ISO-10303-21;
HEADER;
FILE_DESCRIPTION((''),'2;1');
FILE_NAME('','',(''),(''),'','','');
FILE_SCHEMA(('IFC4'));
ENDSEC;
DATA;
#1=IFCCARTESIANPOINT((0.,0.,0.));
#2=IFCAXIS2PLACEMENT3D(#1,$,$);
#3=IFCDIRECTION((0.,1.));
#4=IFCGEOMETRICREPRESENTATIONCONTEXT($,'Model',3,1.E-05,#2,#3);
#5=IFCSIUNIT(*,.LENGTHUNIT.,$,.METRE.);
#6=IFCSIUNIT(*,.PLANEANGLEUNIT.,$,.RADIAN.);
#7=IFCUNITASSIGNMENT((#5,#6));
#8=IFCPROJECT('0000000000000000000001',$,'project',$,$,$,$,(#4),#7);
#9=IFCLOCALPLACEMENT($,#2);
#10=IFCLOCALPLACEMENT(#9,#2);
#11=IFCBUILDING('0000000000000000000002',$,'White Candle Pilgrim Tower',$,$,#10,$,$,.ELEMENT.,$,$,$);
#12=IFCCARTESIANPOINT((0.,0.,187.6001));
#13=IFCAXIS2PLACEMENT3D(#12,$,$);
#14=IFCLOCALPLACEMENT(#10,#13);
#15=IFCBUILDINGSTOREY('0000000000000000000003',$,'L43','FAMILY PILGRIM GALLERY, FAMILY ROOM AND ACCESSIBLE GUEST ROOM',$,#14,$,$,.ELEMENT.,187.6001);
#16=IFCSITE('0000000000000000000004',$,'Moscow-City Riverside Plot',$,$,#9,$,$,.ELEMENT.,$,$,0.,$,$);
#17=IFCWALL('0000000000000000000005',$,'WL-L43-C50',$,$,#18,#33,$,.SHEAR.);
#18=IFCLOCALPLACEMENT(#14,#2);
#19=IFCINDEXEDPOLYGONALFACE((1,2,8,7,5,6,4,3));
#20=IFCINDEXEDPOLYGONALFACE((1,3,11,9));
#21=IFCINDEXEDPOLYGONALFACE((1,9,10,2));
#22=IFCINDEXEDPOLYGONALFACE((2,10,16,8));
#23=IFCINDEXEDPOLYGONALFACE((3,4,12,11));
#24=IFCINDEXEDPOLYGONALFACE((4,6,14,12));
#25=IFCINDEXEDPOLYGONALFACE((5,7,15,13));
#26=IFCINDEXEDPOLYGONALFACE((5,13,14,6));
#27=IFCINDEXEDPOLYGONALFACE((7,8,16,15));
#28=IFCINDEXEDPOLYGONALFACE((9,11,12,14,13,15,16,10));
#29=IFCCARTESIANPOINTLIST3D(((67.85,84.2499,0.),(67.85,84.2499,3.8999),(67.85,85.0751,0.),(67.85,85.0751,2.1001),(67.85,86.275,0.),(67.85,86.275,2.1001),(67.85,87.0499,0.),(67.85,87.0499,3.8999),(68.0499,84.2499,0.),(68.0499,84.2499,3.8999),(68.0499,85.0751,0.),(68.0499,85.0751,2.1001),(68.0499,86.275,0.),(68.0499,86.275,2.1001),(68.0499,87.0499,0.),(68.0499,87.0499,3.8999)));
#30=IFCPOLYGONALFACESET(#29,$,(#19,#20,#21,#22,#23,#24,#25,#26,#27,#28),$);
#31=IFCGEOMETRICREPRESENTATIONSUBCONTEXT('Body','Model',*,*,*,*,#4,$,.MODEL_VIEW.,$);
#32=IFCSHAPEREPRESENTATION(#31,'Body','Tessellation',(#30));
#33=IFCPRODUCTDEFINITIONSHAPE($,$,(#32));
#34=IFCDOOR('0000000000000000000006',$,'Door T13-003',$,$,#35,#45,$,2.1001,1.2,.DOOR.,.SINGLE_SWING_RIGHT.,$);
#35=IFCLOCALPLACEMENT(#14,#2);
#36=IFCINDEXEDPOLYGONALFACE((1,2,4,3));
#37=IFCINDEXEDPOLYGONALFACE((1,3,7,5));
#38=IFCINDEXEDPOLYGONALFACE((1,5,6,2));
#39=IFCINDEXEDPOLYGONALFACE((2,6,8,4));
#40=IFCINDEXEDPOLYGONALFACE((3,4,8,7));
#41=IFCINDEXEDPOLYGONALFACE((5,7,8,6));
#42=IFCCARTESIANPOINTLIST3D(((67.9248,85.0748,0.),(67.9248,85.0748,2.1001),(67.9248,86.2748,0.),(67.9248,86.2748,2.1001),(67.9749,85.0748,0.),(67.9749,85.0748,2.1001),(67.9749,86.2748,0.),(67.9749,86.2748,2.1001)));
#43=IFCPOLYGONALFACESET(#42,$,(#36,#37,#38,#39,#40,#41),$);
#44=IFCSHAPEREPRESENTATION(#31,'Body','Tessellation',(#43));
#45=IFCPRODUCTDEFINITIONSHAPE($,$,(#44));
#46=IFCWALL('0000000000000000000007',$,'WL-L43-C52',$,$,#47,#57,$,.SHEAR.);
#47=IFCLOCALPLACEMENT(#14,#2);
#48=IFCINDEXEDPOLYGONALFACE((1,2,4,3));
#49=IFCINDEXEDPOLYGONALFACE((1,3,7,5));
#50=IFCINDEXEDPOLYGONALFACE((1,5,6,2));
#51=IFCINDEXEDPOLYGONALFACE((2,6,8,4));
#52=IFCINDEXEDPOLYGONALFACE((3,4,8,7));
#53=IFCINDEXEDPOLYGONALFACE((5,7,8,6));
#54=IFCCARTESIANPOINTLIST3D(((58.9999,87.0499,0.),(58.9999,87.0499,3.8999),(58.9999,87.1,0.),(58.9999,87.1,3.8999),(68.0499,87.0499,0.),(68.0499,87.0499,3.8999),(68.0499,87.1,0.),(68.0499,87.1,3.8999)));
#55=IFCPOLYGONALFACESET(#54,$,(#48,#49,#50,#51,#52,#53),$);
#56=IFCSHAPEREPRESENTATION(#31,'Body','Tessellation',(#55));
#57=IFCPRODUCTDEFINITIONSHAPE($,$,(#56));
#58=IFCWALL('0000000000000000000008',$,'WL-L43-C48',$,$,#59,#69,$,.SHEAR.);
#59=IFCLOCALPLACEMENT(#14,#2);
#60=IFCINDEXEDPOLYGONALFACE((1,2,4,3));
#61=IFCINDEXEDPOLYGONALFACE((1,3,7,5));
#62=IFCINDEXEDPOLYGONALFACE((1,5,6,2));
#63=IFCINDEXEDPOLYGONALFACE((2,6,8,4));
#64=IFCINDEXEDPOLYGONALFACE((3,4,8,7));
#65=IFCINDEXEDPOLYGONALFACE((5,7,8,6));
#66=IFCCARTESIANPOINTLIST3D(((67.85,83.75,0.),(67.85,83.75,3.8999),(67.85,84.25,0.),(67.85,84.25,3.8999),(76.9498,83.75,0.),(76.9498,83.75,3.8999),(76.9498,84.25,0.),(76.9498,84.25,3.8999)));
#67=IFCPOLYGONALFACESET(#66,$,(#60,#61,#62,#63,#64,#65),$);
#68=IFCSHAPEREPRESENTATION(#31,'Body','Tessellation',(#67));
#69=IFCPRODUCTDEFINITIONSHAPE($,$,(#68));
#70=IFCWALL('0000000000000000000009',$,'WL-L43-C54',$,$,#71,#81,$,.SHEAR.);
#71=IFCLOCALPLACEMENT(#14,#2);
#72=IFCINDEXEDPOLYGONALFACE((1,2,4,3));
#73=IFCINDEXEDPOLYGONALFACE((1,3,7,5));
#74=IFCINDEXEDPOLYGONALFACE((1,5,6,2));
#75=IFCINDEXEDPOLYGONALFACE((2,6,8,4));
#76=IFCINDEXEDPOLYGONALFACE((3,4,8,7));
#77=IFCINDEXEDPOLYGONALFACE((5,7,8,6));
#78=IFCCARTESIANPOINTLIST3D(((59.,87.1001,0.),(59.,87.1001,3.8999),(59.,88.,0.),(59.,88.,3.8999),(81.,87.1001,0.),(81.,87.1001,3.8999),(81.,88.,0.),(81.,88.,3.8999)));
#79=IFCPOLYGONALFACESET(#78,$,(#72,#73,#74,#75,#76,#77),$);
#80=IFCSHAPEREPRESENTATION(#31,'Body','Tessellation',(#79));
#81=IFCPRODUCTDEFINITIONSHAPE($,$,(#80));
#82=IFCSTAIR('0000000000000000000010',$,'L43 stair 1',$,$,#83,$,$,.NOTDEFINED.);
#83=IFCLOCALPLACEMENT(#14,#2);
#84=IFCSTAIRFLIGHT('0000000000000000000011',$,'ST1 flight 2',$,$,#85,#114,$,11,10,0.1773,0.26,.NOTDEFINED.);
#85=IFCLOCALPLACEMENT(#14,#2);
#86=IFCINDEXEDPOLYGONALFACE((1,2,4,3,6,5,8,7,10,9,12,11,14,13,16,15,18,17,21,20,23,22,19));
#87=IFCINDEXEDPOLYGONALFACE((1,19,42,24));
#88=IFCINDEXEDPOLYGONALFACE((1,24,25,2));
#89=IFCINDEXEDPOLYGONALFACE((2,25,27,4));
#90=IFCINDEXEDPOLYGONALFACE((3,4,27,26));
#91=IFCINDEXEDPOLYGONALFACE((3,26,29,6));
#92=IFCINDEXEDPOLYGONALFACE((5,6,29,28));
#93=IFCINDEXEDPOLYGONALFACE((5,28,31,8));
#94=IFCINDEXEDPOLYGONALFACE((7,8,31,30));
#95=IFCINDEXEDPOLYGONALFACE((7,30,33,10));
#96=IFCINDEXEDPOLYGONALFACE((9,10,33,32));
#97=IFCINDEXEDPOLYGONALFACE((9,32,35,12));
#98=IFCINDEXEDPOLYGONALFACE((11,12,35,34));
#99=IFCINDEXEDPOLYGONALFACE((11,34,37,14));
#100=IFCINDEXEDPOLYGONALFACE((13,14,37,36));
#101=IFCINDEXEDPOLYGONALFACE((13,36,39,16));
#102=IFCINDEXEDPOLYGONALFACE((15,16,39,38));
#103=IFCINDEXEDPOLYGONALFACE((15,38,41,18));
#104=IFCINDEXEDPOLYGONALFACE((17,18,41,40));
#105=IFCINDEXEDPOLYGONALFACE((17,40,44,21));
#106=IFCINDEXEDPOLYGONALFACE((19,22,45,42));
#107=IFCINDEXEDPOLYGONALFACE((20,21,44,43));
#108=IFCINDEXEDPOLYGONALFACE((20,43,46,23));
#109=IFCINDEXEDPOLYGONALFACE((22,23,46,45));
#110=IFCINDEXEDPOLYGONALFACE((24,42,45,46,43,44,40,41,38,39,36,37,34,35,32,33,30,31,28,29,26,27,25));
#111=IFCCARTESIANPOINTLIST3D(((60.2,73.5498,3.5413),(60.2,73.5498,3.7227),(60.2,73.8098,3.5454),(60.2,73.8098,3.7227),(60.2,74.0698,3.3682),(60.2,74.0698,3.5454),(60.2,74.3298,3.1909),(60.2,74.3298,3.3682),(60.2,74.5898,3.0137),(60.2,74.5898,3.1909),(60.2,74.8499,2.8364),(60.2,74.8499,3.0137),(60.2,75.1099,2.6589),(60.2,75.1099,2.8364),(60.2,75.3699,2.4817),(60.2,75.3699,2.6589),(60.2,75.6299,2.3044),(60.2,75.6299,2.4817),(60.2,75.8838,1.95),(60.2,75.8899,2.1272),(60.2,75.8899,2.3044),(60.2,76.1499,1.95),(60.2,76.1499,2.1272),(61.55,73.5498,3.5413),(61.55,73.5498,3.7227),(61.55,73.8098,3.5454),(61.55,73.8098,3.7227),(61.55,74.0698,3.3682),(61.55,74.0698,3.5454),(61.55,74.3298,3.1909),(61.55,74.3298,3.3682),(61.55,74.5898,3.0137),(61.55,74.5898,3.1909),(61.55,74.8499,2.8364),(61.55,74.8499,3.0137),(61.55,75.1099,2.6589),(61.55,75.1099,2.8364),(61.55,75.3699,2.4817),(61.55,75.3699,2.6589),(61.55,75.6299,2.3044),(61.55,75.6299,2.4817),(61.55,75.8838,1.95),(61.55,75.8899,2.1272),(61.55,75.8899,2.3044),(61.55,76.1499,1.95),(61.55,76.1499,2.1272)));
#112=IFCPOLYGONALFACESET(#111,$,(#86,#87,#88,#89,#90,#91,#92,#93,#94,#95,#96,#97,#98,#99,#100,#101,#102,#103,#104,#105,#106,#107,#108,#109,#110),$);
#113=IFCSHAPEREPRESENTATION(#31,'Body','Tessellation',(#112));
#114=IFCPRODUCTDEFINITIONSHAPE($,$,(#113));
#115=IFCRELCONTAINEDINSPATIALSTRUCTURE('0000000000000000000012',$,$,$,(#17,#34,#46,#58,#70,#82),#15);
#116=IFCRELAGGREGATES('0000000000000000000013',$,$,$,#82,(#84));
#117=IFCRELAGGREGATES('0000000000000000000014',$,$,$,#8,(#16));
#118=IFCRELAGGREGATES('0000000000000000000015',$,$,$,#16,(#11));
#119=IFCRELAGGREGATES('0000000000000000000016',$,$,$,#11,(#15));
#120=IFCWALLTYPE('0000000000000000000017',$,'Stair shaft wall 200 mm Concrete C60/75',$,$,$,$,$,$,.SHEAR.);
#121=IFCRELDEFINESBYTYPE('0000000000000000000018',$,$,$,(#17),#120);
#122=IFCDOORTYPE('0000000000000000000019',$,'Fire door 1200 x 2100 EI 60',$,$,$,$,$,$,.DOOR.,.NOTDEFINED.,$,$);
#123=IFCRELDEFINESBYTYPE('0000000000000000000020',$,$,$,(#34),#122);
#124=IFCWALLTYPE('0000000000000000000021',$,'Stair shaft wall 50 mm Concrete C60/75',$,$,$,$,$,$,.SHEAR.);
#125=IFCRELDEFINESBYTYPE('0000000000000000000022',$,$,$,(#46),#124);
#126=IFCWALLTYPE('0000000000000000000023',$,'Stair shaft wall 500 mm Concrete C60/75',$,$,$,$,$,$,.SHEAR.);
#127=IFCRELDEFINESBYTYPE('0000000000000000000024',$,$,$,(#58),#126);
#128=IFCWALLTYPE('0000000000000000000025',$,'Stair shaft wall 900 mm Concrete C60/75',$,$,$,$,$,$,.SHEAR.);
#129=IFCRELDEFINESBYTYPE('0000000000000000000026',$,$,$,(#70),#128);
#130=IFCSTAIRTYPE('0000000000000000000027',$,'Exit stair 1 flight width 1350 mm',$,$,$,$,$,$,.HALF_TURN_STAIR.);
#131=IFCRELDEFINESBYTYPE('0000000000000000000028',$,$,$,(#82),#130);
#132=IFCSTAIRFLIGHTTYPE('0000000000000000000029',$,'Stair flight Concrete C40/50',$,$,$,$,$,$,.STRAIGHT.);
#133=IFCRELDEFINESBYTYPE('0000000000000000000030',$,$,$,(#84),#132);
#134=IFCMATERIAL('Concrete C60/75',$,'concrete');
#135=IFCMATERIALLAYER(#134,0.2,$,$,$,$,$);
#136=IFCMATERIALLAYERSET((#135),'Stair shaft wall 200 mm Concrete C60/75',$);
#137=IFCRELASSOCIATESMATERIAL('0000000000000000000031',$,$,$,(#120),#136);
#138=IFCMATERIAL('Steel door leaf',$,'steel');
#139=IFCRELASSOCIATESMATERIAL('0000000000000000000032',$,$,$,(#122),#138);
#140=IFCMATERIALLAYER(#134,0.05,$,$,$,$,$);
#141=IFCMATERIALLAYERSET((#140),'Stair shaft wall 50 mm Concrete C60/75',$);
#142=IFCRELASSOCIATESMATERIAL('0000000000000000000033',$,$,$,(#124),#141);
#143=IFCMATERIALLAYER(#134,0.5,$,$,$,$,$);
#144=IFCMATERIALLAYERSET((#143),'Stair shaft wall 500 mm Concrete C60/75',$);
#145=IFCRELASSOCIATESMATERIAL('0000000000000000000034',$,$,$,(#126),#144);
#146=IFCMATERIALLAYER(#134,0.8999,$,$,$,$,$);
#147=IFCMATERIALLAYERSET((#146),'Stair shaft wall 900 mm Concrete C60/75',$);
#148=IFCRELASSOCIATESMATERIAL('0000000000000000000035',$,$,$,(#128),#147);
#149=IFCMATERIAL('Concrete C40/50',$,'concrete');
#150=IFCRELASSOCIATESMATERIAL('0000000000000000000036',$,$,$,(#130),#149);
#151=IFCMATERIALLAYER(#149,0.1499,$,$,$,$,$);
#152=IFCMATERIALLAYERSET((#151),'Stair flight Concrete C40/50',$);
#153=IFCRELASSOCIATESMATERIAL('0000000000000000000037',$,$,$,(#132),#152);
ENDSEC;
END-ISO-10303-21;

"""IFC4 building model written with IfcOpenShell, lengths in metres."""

from ifc_helpers import new_model, si_unit, direction, frame, frame_2d, origin, place, context, subcontext, project, spatial, polyline, rectangle, outline, extrude, material, layer, layer_set, type_object, element, fill, aggregate, save


model = new_model("IFC4")

# Units and contexts
model_context = context("Model", 3, precision=1e-05, world=origin(), true_north=direction((0.0, 1.0)))
body_context = subcontext(model_context, "Body", "Model", "MODEL_VIEW")
ifc_project = project(units=[si_unit("LENGTHUNIT", "METRE"), si_unit("PLANEANGLEUNIT", "RADIAN")], contexts=[model_context])

# Site, building, storey
site_placement = place(None, origin())
site = spatial("IfcSite", under=ifc_project, at=site_placement, Name="Moscow-City Riverside Plot", CompositionType="ELEMENT", RefElevation=0.0)
building_placement = place(site_placement, origin())
building = spatial("IfcBuilding", under=site, at=building_placement, Name="White Candle Pilgrim Tower", CompositionType="ELEMENT")
storey_placement = place(building_placement, frame((0.0, 0.0, 187.6001)))
storey = spatial("IfcBuildingStorey", under=building, at=storey_placement, Name="L43", Description="FAMILY PILGRIM GALLERY, FAMILY ROOM AND ACCESSIBLE GUEST ROOM", CompositionType="ELEMENT", Elevation=187.6001)

# Shared definitions
ifc_material_1 = material(Name="Concrete C60/75", Category="concrete")

# Shared definitions
ifc_material_2 = material(Name="Steel door leaf", Category="steel")

# Shared definitions
ifc_layer_1 = layer(ifc_material_1, 0.2)
ifc_layer_set_1 = layer_set([ifc_layer_1], Name="Stair shaft wall 200 mm Concrete C60/75")
wall_type_1 = type_object("IfcWallType", Name="Stair shaft wall 200 mm Concrete C60/75", PredefinedType="SHEAR", material=ifc_layer_set_1)

# Wall, opening, door
wall_1_placement = place(storey_placement, frame((67.95, 84.25, 0.0), z_axis=(0.0, 0.0, 1.0), x_axis=(0.0, 1.0, 0.0)))
wall_1 = element("IfcWall", 1, at=wall_1_placement, inside=storey, type_object=wall_type_1, Name="WL-L43-C50", PredefinedType="SHEAR", context=body_context, shape_type="SweptSolid", body=[
    extrude(rectangle(XDim=2.8, YDim=0.2, at=frame_2d((1.3999, 0.0))), origin(), (0.0, 0.0, 1.0), 3.8999),
])
opening_1_placement = place(wall_1_placement, frame((0.825, 0.0, 0.0)))
opening_1 = element("IfcOpeningElement", 2, at=opening_1_placement, cuts=wall_1, PredefinedType="OPENING", context=body_context, shape_type="SweptSolid", body=[
    extrude(rectangle(XDim=1.2, YDim=2.1001, at=frame_2d((0.6001, 1.05))), frame((0.0, 0.1099, 0.0), z_axis=(0.0, -1.0, 0.0), x_axis=(1.0, 0.0, 0.0)), (0.0, 0.0, 1.0), 0.22),
])
door_type_1 = type_object("IfcDoorType", Name="Fire door 1200 x 2100 EI 60", OperationType="NOTDEFINED", PredefinedType="DOOR", material=ifc_material_2)
door_1_placement = place(opening_1_placement, frame((1.2, 0.0, 0.0), z_axis=(0.0, 0.0, 1.0), x_axis=(-1.0, 0.0, 0.0)))
door_1 = element("IfcDoor", 3, at=door_1_placement, inside=storey, type_object=door_type_1, Name="Door T13-003", OperationType="SINGLE_SWING_RIGHT", OverallHeight=2.1001, OverallWidth=1.2, PredefinedType="DOOR", context=body_context, shape_type="SweptSolid", body=[
    extrude(rectangle(XDim=1.2, YDim=2.1001, at=frame_2d((0.6001, 1.05))), frame((0.0, 0.0249, 0.0), z_axis=(0.0, -1.0, 0.0), x_axis=(1.0, 0.0, 0.0)), (0.0, 0.0, 1.0), 0.05),
])
fill(opening_1, door_1)

# Walls
ifc_layer_2 = layer(ifc_material_1, 0.05)
ifc_layer_set_2 = layer_set([ifc_layer_2], Name="Stair shaft wall 50 mm Concrete C60/75")
wall_type_2 = type_object("IfcWallType", Name="Stair shaft wall 50 mm Concrete C60/75", PredefinedType="SHEAR", material=ifc_layer_set_2)
wall_2_placement = place(storey_placement, frame((59.0, 87.075, 0.0), z_axis=(0.0, 0.0, 1.0), x_axis=(1.0, 0.0, 0.0)))
element("IfcWall", 4, at=wall_2_placement, inside=storey, type_object=wall_type_2, Name="WL-L43-C52", PredefinedType="SHEAR", context=body_context, shape_type="SweptSolid", body=[
    extrude(rectangle(XDim=9.05, YDim=0.05, at=frame_2d((4.5249, 0.0))), origin(), (0.0, 0.0, 1.0), 3.8999),
])
ifc_layer_3 = layer(ifc_material_1, 0.5)
ifc_layer_set_3 = layer_set([ifc_layer_3], Name="Stair shaft wall 500 mm Concrete C60/75")
wall_type_3 = type_object("IfcWallType", Name="Stair shaft wall 500 mm Concrete C60/75", PredefinedType="SHEAR", material=ifc_layer_set_3)
wall_3_placement = place(storey_placement, frame((67.8501, 84.0, 0.0), z_axis=(0.0, 0.0, 1.0), x_axis=(1.0, 0.0, 0.0)))
element("IfcWall", 5, at=wall_3_placement, inside=storey, type_object=wall_type_3, Name="WL-L43-C48", PredefinedType="SHEAR", context=body_context, shape_type="SweptSolid", body=[
    extrude(rectangle(XDim=9.0999, YDim=0.5, at=frame_2d((4.5498, 0.0))), origin(), (0.0, 0.0, 1.0), 3.8999),
])
ifc_layer_4 = layer(ifc_material_1, 0.8999)
ifc_layer_set_4 = layer_set([ifc_layer_4], Name="Stair shaft wall 900 mm Concrete C60/75")
wall_type_4 = type_object("IfcWallType", Name="Stair shaft wall 900 mm Concrete C60/75", PredefinedType="SHEAR", material=ifc_layer_set_4)
wall_4_placement = place(storey_placement, frame((59.0, 87.55, 0.0), z_axis=(0.0, 0.0, 1.0), x_axis=(1.0, 0.0, 0.0)))
element("IfcWall", 6, at=wall_4_placement, inside=storey, type_object=wall_type_4, Name="WL-L43-C54", PredefinedType="SHEAR", context=body_context, shape_type="SweptSolid", body=[
    extrude(rectangle(XDim=22.0, YDim=0.8999, at=frame_2d((11.0, 0.0))), origin(), (0.0, 0.0, 1.0), 3.8999),
])

# Stair, stair flight
ifc_material_3 = material(Name="Concrete C40/50", Category="concrete")
stair_type = type_object("IfcStairType", Name="Exit stair 1 flight width 1350 mm", PredefinedType="HALF_TURN_STAIR", material=ifc_material_3)
stair_placement = place(storey_placement, origin())
stair = element("IfcStair", 7, at=stair_placement, inside=storey, type_object=stair_type, Name="L43 stair 1", PredefinedType="NOTDEFINED")
ifc_layer_5 = layer(ifc_material_3, 0.1499)
ifc_layer_set_5 = layer_set([ifc_layer_5], Name="Stair flight Concrete C40/50")
stair_flight_type = type_object("IfcStairFlightType", Name="Stair flight Concrete C40/50", PredefinedType="STRAIGHT", material=ifc_layer_set_5)
stair_flight_placement = place(storey_placement, frame((60.875, 76.1499, 1.95), z_axis=(0.0, 0.0, 1.0), x_axis=(0.0, -1.0, 0.0)))
stair_flight = element("IfcStairFlight", 8, at=stair_flight_placement, type_object=stair_flight_type, Name="ST1 flight 2", NumberOfRisers=11, NumberOfTreads=10, PredefinedType="NOTDEFINED", RiserHeight=0.1773, TreadLength=0.26, context=body_context, shape_type="SweptSolid", body=[
    extrude(outline(polyline([(0.0, 0.0), (0.0, 0.1772), (0.26, 0.1772), (0.26, 0.3545), (0.52, 0.3545), (0.52, 0.5317), (0.78, 0.5317), (0.78, 0.709), (1.04, 0.709), (1.04, 0.8865), (1.3, 0.8865), (1.3, 1.0637), (1.5601, 1.0637), (1.5601, 1.241), (1.8201, 1.241), (1.8201, 1.4182), (2.0801, 1.4182), (2.0801, 1.5955), (2.3401, 1.5955), (2.3401, 1.7727), (2.6001, 1.7727), (2.6001, 1.95), (2.6001, 1.5913), (0.2661, 0.0), (0.0, 0.0)])), frame((0.0, 0.675, 0.0), z_axis=(0.0, -1.0, 0.0), x_axis=(1.0, 0.0, 0.0)), (0.0, 0.0, 1.0), 1.3501),
])
aggregate(stair, [stair_flight])

save(model, "model.ifc")
